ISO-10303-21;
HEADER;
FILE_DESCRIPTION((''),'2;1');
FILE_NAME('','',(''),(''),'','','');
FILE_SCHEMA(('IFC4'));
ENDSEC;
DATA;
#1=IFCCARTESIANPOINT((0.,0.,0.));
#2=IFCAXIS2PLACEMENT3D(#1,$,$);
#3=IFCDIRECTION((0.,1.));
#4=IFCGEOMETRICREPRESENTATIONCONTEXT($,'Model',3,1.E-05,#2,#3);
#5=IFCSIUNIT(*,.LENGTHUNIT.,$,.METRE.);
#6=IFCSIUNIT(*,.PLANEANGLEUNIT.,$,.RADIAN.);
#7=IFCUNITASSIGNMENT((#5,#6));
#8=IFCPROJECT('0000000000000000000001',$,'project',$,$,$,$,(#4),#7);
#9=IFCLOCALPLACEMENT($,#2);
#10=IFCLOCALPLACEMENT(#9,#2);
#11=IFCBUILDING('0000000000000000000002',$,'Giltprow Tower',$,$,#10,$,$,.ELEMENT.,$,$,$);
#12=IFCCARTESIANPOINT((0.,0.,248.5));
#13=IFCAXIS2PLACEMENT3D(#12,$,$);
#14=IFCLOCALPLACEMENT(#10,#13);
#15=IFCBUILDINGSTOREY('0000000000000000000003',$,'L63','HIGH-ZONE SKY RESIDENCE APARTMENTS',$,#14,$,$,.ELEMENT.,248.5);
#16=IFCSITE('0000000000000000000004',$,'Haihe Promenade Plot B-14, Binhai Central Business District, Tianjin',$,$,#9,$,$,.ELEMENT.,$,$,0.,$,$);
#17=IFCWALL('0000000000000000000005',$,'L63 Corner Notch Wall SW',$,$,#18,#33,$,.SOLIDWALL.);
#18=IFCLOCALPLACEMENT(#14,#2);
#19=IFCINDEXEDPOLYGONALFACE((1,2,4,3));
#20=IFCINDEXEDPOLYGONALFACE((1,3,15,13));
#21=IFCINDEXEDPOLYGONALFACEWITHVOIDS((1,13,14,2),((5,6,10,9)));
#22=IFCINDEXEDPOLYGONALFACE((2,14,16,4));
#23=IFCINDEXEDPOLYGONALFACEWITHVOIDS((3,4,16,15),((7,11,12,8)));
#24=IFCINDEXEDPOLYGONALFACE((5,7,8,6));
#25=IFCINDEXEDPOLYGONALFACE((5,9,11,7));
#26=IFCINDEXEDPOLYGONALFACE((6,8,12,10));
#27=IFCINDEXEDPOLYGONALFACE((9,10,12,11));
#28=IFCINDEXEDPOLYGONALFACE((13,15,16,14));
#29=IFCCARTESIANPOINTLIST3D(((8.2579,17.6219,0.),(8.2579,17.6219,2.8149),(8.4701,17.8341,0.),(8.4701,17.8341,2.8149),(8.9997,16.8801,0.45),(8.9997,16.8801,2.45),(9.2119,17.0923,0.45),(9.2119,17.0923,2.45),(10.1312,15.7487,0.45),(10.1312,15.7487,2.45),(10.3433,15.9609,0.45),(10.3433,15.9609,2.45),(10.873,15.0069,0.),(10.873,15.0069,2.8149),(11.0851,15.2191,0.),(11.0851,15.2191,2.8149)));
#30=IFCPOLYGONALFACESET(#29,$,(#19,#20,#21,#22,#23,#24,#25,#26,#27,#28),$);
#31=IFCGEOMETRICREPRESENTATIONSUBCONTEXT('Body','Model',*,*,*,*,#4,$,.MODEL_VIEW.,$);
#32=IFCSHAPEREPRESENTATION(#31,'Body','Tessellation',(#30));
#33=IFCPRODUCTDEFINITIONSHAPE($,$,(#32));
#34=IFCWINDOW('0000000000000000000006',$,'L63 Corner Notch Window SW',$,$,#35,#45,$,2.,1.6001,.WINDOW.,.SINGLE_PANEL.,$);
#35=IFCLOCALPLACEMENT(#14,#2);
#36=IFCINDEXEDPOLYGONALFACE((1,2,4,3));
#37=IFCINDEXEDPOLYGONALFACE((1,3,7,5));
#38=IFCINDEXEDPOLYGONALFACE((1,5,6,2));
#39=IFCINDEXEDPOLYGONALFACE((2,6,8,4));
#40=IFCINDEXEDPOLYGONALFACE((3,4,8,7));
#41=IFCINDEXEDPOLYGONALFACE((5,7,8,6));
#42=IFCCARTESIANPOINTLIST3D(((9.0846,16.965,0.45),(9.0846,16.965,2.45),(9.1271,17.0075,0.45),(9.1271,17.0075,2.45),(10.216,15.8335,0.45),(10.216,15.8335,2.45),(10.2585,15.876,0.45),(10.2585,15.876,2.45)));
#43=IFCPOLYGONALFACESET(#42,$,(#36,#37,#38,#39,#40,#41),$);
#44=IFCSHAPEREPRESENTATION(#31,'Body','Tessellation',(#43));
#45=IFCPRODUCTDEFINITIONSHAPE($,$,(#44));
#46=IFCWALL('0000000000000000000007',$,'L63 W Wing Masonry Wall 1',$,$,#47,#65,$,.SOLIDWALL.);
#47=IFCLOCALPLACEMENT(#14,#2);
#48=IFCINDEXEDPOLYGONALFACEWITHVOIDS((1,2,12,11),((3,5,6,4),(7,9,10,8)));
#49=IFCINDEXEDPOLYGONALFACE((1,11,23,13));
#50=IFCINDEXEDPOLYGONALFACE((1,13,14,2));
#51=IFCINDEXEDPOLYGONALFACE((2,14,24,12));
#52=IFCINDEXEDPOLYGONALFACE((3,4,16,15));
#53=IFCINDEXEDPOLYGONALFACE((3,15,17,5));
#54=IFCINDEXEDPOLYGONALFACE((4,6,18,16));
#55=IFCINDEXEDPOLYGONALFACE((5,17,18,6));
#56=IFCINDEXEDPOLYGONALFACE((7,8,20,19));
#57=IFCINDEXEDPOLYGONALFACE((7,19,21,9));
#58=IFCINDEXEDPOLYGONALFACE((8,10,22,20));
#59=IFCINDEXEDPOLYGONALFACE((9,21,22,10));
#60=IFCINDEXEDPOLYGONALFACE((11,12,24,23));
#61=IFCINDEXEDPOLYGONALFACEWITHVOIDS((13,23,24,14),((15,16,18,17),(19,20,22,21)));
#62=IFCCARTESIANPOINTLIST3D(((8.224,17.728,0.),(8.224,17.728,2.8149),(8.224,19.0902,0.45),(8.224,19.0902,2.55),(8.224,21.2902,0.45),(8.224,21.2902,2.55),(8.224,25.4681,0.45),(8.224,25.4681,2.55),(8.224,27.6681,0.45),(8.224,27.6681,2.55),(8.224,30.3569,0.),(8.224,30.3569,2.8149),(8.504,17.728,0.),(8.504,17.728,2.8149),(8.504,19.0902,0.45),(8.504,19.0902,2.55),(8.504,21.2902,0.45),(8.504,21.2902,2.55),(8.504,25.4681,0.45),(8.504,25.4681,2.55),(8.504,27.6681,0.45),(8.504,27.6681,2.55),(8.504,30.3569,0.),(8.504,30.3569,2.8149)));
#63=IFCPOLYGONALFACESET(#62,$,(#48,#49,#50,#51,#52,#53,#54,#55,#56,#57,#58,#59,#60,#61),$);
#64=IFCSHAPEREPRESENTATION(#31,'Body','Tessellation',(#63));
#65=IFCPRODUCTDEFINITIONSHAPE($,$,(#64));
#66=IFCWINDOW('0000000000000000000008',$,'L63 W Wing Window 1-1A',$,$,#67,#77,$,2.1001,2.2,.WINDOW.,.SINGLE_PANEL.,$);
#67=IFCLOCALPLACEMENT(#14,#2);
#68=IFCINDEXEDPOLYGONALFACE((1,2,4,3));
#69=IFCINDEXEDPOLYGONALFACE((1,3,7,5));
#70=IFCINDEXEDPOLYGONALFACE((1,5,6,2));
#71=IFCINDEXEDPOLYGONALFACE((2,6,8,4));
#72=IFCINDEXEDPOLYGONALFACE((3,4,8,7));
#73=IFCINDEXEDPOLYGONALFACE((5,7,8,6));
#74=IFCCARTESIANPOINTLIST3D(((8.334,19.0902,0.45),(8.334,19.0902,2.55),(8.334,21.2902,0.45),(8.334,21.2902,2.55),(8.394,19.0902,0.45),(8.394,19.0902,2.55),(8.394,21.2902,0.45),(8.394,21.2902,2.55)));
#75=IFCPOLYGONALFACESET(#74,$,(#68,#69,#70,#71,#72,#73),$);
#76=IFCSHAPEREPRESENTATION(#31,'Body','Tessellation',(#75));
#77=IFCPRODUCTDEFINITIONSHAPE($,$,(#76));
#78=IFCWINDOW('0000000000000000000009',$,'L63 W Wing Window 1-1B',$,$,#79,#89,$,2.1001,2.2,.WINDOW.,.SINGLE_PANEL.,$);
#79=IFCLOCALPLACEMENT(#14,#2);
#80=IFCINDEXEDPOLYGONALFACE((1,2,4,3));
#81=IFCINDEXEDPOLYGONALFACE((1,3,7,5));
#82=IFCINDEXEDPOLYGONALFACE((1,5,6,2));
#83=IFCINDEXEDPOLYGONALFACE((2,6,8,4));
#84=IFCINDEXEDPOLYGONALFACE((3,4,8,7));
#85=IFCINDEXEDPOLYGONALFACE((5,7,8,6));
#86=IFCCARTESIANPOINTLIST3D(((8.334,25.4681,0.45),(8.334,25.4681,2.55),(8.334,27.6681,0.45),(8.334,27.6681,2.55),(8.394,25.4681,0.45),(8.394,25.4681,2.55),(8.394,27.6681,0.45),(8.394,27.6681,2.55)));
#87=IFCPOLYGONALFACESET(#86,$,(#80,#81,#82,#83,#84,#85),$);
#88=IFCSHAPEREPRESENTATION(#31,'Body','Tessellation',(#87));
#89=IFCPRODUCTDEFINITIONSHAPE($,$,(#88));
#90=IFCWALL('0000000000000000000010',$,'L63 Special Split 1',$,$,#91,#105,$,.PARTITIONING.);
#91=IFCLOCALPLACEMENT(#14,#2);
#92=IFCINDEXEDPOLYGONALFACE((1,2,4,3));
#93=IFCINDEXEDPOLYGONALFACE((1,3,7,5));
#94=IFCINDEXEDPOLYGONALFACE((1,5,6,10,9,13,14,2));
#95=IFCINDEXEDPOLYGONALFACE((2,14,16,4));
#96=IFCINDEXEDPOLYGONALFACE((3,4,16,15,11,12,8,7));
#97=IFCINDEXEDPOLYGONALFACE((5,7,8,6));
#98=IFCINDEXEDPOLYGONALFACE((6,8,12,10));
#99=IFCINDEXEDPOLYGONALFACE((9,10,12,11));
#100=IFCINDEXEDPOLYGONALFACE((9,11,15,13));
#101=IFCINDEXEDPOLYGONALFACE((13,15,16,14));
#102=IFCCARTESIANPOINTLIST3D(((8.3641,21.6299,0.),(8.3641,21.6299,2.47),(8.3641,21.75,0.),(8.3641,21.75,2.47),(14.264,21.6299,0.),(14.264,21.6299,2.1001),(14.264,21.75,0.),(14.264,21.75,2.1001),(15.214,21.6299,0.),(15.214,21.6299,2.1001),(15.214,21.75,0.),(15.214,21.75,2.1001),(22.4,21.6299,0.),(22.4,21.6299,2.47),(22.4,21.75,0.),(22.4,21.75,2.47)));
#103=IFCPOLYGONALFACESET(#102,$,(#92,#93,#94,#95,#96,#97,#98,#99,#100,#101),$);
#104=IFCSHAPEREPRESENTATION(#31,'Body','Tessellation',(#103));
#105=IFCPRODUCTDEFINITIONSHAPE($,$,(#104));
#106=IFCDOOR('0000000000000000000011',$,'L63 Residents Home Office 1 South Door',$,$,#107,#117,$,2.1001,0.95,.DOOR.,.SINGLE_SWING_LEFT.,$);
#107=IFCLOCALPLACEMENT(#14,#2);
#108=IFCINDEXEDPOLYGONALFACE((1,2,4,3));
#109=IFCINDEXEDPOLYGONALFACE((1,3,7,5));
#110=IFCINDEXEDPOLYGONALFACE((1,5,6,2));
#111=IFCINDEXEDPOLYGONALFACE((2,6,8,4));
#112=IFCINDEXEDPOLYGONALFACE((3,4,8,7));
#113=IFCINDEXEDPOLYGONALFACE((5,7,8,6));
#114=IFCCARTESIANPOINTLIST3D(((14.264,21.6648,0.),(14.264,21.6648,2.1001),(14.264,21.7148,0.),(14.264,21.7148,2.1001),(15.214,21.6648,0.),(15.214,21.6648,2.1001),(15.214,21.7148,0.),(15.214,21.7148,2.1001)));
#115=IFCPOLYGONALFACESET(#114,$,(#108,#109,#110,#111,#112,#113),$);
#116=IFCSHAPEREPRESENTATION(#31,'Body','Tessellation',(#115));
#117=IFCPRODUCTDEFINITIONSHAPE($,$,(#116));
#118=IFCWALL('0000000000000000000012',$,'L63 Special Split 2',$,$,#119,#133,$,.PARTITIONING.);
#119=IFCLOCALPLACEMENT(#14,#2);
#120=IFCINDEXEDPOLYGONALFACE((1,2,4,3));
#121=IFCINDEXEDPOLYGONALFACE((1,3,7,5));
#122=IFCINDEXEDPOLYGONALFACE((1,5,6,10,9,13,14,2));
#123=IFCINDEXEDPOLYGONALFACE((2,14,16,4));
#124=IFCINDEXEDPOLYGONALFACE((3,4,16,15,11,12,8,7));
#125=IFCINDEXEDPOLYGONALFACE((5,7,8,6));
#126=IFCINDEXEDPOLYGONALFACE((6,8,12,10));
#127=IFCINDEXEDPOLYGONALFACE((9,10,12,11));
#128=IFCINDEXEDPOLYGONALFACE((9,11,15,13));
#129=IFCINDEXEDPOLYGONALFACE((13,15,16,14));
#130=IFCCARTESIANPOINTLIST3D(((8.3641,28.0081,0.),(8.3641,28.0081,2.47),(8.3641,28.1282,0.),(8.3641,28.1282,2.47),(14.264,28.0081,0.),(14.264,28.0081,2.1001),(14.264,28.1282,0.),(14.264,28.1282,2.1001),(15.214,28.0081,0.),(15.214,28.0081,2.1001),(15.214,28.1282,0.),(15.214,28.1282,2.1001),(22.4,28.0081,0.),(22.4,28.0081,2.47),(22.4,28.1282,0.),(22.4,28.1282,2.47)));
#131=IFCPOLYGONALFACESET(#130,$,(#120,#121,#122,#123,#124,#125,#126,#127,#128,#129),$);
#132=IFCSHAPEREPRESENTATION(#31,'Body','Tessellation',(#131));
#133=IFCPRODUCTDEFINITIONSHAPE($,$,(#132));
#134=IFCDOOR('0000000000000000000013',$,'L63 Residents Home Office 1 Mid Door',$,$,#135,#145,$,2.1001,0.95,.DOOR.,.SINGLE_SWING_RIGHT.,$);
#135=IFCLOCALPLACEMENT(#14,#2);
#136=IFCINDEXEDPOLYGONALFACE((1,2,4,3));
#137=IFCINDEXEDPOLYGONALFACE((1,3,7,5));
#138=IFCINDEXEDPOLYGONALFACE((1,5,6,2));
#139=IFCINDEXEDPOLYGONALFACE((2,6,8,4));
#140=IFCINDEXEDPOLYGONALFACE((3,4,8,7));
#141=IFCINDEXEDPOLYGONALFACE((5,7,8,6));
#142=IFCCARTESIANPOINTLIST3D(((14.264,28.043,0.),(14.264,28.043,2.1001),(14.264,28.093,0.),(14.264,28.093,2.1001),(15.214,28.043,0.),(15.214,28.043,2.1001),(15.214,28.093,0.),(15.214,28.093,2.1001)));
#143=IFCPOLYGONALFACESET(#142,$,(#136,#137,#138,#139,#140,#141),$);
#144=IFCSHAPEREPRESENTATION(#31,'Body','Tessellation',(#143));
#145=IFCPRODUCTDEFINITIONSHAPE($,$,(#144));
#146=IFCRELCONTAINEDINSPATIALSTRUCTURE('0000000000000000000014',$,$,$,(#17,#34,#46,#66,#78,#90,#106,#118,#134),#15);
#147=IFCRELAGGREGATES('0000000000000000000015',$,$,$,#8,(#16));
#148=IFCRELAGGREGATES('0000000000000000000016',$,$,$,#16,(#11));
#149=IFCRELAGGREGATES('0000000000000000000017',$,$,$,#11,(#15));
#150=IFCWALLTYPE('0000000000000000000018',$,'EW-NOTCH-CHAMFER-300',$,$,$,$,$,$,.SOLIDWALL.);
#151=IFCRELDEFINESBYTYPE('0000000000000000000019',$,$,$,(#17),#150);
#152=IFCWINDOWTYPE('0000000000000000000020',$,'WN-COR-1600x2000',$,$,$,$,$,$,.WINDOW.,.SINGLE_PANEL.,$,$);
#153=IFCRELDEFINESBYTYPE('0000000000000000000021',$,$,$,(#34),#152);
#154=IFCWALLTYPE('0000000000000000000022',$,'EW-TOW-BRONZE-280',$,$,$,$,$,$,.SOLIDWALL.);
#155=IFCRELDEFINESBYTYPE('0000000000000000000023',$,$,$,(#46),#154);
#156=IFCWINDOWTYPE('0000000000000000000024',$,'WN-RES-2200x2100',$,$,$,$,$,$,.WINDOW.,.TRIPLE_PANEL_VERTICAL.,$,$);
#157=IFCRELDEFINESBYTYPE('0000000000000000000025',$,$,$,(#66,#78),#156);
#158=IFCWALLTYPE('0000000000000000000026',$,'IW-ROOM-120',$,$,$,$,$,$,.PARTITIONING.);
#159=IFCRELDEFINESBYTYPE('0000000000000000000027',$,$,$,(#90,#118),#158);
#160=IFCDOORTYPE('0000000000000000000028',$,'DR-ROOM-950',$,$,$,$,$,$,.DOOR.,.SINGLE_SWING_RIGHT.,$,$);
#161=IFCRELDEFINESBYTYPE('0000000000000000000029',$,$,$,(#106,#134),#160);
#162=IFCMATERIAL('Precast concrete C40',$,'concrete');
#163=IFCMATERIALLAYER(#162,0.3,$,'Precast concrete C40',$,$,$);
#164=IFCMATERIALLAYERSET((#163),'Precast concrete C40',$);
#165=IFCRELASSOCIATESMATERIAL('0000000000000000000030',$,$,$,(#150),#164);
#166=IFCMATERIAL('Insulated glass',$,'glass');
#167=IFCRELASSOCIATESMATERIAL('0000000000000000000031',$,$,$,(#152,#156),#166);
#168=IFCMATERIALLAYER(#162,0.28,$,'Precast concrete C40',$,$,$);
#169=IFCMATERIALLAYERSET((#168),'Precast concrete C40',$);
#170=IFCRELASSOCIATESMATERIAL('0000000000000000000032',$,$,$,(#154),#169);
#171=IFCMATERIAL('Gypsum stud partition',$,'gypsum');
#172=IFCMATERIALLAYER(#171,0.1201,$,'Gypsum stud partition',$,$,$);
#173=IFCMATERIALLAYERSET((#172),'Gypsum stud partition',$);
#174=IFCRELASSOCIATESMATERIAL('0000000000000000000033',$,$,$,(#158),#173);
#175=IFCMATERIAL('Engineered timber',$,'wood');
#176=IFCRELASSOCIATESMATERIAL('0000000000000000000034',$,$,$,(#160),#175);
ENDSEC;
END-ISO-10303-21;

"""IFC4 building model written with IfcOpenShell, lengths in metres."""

from ifc_helpers import new_model, si_unit, direction, frame, frame_2d, origin, place, context, subcontext, project, spatial, rectangle, extrude, source, transform, mapped, material, layer, layer_set, type_object, element, fill, save


model = new_model("IFC4")

# Units and contexts
model_context = context("Model", 3, precision=1e-05, world=origin(), true_north=direction((0.0, 1.0)))
body_context = subcontext(model_context, "Body", "Model", "MODEL_VIEW")
ifc_project = project(units=[si_unit("LENGTHUNIT", "METRE"), si_unit("PLANEANGLEUNIT", "RADIAN")], contexts=[model_context])

# Site, building, storey
site_placement = place(None, origin())
site = spatial("IfcSite", under=ifc_project, at=site_placement, Name="Haihe Promenade Plot B-14, Binhai Central Business District, Tianjin", CompositionType="ELEMENT", RefElevation=0.0)
building_placement = place(site_placement, origin())
building = spatial("IfcBuilding", under=site, at=building_placement, Name="Giltprow Tower", CompositionType="ELEMENT")
storey_placement = place(building_placement, frame((0.0, 0.0, 248.5)))
storey = spatial("IfcBuildingStorey", under=building, at=storey_placement, Name="L63", Description="HIGH-ZONE SKY RESIDENCE APARTMENTS", CompositionType="ELEMENT", Elevation=248.5)

# Shared definitions
ifc_material_1 = material(Name="Insulated glass", Category="glass")

# Wall, opening, window
ifc_material_2 = material(Name="Precast concrete C40", Category="concrete")
ifc_layer_1 = layer(ifc_material_2, 0.3, Name="Precast concrete C40")
ifc_layer_set_1 = layer_set([ifc_layer_1], Name="Precast concrete C40")
wall_type_1 = type_object("IfcWallType", Name="EW-NOTCH-CHAMFER-300", PredefinedType="SOLIDWALL", material=ifc_layer_set_1)
wall_1_placement = place(storey_placement, frame((8.364, 17.728, 0.0), z_axis=(0.0, 0.0, 1.0), x_axis=(0.707107, -0.707107, 0.0)))
wall_1 = element("IfcWall", 1, at=wall_1_placement, inside=storey, type_object=wall_type_1, Name="L63 Corner Notch Wall SW", PredefinedType="SOLIDWALL", context=body_context, shape_type="SweptSolid", body=[
    extrude(rectangle(XDim=3.6982, YDim=0.3, at=frame_2d((1.8491, 0.0))), origin(), (0.0, 0.0, 1.0), 2.8149),
])
opening_1_placement = place(wall_1_placement, frame((1.0491, 0.0, 0.45)))
opening_1 = element("IfcOpeningElement", 2, at=opening_1_placement, cuts=wall_1, PredefinedType="OPENING", context=body_context, shape_type="SweptSolid", body=[
    extrude(rectangle(XDim=1.6001, YDim=2.0, at=frame_2d((0.8, 1.0))), frame((0.0, 0.1599, 0.0), z_axis=(0.0, -1.0, 0.0), x_axis=(1.0, 0.0, 0.0)), (0.0, 0.0, 1.0), 0.3201),
])
window_type_1 = type_object("IfcWindowType", Name="WN-COR-1600x2000", PartitioningType="SINGLE_PANEL", PredefinedType="WINDOW", material=ifc_material_1)
shared_shape_1 = source(origin(), body_context, "Body", "SweptSolid", [
    extrude(rectangle(XDim=1.6001, YDim=2.0, at=frame_2d((0.8, 1.0))), frame((0.0, 0.03, 0.0), z_axis=(0.0, -1.0, 0.0), x_axis=(1.0, 0.0, 0.0)), (0.0, 0.0, 1.0), 0.0601),
])
window_1_placement = place(opening_1_placement, origin())
window_1 = element("IfcWindow", 3, at=window_1_placement, inside=storey, type_object=window_type_1, Name="L63 Corner Notch Window SW", OverallHeight=2.0, OverallWidth=1.6001, PartitioningType="SINGLE_PANEL", PredefinedType="WINDOW", context=body_context, shape_type="MappedRepresentation", body=[
    mapped(shared_shape_1, transform((0.0, 0.0, 0.0), x_axis=(1.0, 0.0, 0.0), y_axis=(0.0, 1.0, 0.0), z_axis=(0.0, 0.0, 1.0), scale=1.0)),
])
fill(opening_1, window_1)

# Wall, openings, windows
ifc_layer_2 = layer(ifc_material_2, 0.28, Name="Precast concrete C40")
ifc_layer_set_2 = layer_set([ifc_layer_2], Name="Precast concrete C40")
wall_type_2 = type_object("IfcWallType", Name="EW-TOW-BRONZE-280", PredefinedType="SOLIDWALL", material=ifc_layer_set_2)
wall_2_placement = place(storey_placement, frame((8.364, 17.728, 0.0), z_axis=(0.0, 0.0, 1.0), x_axis=(0.0, 1.0, 0.0)))
wall_2 = element("IfcWall", 4, at=wall_2_placement, inside=storey, type_object=wall_type_2, Name="L63 W Wing Masonry Wall 1", PredefinedType="SOLIDWALL", context=body_context, shape_type="SweptSolid", body=[
    extrude(rectangle(XDim=12.6289, YDim=0.28, at=frame_2d((6.3145, 0.0))), origin(), (0.0, 0.0, 1.0), 2.8149),
])
opening_2_placement = place(wall_2_placement, frame((1.3621, 0.0, 0.45)))
opening_2 = element("IfcOpeningElement", 5, at=opening_2_placement, cuts=wall_2, PredefinedType="OPENING", context=body_context, shape_type="SweptSolid", body=[
    extrude(rectangle(XDim=2.2, YDim=2.1001, at=frame_2d((1.1001, 1.05))), frame((0.0, 0.1499, 0.0), z_axis=(0.0, -1.0, 0.0), x_axis=(1.0, 0.0, 0.0)), (0.0, 0.0, 1.0), 0.3),
])
opening_3_placement = place(wall_2_placement, frame((7.74, 0.0, 0.45)))
opening_3 = element("IfcOpeningElement", 6, at=opening_3_placement, cuts=wall_2, PredefinedType="OPENING", context=body_context, shape_type="SweptSolid", body=[
    extrude(rectangle(XDim=2.2, YDim=2.1001, at=frame_2d((1.1001, 1.05))), frame((0.0, 0.1499, 0.0), z_axis=(0.0, -1.0, 0.0), x_axis=(1.0, 0.0, 0.0)), (0.0, 0.0, 1.0), 0.3),
])
window_type_2 = type_object("IfcWindowType", Name="WN-RES-2200x2100", PartitioningType="TRIPLE_PANEL_VERTICAL", PredefinedType="WINDOW", material=ifc_material_1)
shared_shape_2 = source(origin(), body_context, "Body", "SweptSolid", [
    extrude(rectangle(XDim=2.2, YDim=2.1001, at=frame_2d((1.1001, 1.05))), frame((0.0, 0.03, 0.0), z_axis=(0.0, -1.0, 0.0), x_axis=(1.0, 0.0, 0.0)), (0.0, 0.0, 1.0), 0.0601),
])
window_2_placement = place(opening_2_placement, origin())
window_2 = element("IfcWindow", 7, at=window_2_placement, inside=storey, type_object=window_type_2, Name="L63 W Wing Window 1-1A", OverallHeight=2.1001, OverallWidth=2.2, PartitioningType="SINGLE_PANEL", PredefinedType="WINDOW", context=body_context, shape_type="MappedRepresentation", body=[
    mapped(shared_shape_2, transform((0.0, 0.0, 0.0), x_axis=(1.0, 0.0, 0.0), y_axis=(0.0, 1.0, 0.0), z_axis=(0.0, 0.0, 1.0), scale=1.0)),
])
fill(opening_2, window_2)
window_3_placement = place(opening_3_placement, origin())
window_3 = element("IfcWindow", 8, at=window_3_placement, inside=storey, type_object=window_type_2, Name="L63 W Wing Window 1-1B", OverallHeight=2.1001, OverallWidth=2.2, PartitioningType="SINGLE_PANEL", PredefinedType="WINDOW", context=body_context, shape_type="MappedRepresentation", body=[
    mapped(shared_shape_2, transform((0.0, 0.0, 0.0), x_axis=(1.0, 0.0, 0.0), y_axis=(0.0, 1.0, 0.0), z_axis=(0.0, 0.0, 1.0), scale=1.0)),
])
fill(opening_3, window_3)

# Walls, openings, doors
ifc_material_3 = material(Name="Gypsum stud partition", Category="gypsum")
ifc_layer_3 = layer(ifc_material_3, 0.1201, Name="Gypsum stud partition")
ifc_layer_set_3 = layer_set([ifc_layer_3], Name="Gypsum stud partition")
wall_type_3 = type_object("IfcWallType", Name="IW-ROOM-120", PredefinedType="PARTITIONING", material=ifc_layer_set_3)
wall_3_placement = place(storey_placement, frame((8.364, 21.6899, 0.0), z_axis=(0.0, 0.0, 1.0), x_axis=(1.0, 0.0, 0.0)))
wall_3 = element("IfcWall", 9, at=wall_3_placement, inside=storey, type_object=wall_type_3, Name="L63 Special Split 1", PredefinedType="PARTITIONING", context=body_context, shape_type="SweptSolid", body=[
    extrude(rectangle(XDim=14.0359, YDim=0.1201, at=frame_2d((7.0181, 0.0))), origin(), (0.0, 0.0, 1.0), 2.47),
])
opening_4_placement = place(wall_3_placement, frame((5.8999, 0.0, 0.0)))
opening_4 = element("IfcOpeningElement", 10, at=opening_4_placement, cuts=wall_3, PredefinedType="OPENING", context=body_context, shape_type="SweptSolid", body=[
    extrude(rectangle(XDim=0.95, YDim=2.1001, at=frame_2d((0.4751, 1.05))), frame((0.0, 0.0701, 0.0), z_axis=(0.0, -1.0, 0.0), x_axis=(1.0, 0.0, 0.0)), (0.0, 0.0, 1.0), 0.1401),
])
ifc_material_4 = material(Name="Engineered timber", Category="wood")
door_type = type_object("IfcDoorType", Name="DR-ROOM-950", OperationType="SINGLE_SWING_RIGHT", PredefinedType="DOOR", material=ifc_material_4)
shared_shape_3 = source(origin(), body_context, "Body", "SweptSolid", [
    extrude(rectangle(XDim=0.95, YDim=2.1001, at=frame_2d((0.4751, 1.05))), frame((0.0, 0.0249, 0.0), z_axis=(0.0, -1.0, 0.0), x_axis=(1.0, 0.0, 0.0)), (0.0, 0.0, 1.0), 0.05),
])
door_1_placement = place(opening_4_placement, origin())
door_1 = element("IfcDoor", 11, at=door_1_placement, inside=storey, type_object=door_type, Name="L63 Residents Home Office 1 South Door", OperationType="SINGLE_SWING_LEFT", OverallHeight=2.1001, OverallWidth=0.95, PredefinedType="DOOR", context=body_context, shape_type="MappedRepresentation", body=[
    mapped(shared_shape_3, transform((0.0, 0.0, 0.0), x_axis=(1.0, 0.0, 0.0), y_axis=(0.0, 1.0, 0.0), z_axis=(0.0, 0.0, 1.0), scale=1.0)),
])
fill(opening_4, door_1)
wall_4_placement = place(storey_placement, frame((8.364, 28.0681, 0.0), z_axis=(0.0, 0.0, 1.0), x_axis=(1.0, 0.0, 0.0)))
wall_4 = element("IfcWall", 12, at=wall_4_placement, inside=storey, type_object=wall_type_3, Name="L63 Special Split 2", PredefinedType="PARTITIONING", context=body_context, shape_type="SweptSolid", body=[
    extrude(rectangle(XDim=14.0359, YDim=0.1201, at=frame_2d((7.0181, 0.0))), origin(), (0.0, 0.0, 1.0), 2.47),
])
opening_5_placement = place(wall_4_placement, frame((5.8999, 0.0, 0.0)))
opening_5 = element("IfcOpeningElement", 13, at=opening_5_placement, cuts=wall_4, PredefinedType="OPENING", context=body_context, shape_type="SweptSolid", body=[
    extrude(rectangle(XDim=0.95, YDim=2.1001, at=frame_2d((0.4751, 1.05))), frame((0.0, 0.0701, 0.0), z_axis=(0.0, -1.0, 0.0), x_axis=(1.0, 0.0, 0.0)), (0.0, 0.0, 1.0), 0.1401),
])
door_2_placement = place(opening_5_placement, origin())
door_2 = element("IfcDoor", 14, at=door_2_placement, inside=storey, type_object=door_type, Name="L63 Residents Home Office 1 Mid Door", OperationType="SINGLE_SWING_RIGHT", OverallHeight=2.1001, OverallWidth=0.95, PredefinedType="DOOR", context=body_context, shape_type="MappedRepresentation", body=[
    mapped(shared_shape_3, transform((0.0, 0.0, 0.0), x_axis=(1.0, 0.0, 0.0), y_axis=(0.0, 1.0, 0.0), z_axis=(0.0, 0.0, 1.0), scale=1.0)),
])
fill(opening_5, door_2)

save(model, "model.ifc")
